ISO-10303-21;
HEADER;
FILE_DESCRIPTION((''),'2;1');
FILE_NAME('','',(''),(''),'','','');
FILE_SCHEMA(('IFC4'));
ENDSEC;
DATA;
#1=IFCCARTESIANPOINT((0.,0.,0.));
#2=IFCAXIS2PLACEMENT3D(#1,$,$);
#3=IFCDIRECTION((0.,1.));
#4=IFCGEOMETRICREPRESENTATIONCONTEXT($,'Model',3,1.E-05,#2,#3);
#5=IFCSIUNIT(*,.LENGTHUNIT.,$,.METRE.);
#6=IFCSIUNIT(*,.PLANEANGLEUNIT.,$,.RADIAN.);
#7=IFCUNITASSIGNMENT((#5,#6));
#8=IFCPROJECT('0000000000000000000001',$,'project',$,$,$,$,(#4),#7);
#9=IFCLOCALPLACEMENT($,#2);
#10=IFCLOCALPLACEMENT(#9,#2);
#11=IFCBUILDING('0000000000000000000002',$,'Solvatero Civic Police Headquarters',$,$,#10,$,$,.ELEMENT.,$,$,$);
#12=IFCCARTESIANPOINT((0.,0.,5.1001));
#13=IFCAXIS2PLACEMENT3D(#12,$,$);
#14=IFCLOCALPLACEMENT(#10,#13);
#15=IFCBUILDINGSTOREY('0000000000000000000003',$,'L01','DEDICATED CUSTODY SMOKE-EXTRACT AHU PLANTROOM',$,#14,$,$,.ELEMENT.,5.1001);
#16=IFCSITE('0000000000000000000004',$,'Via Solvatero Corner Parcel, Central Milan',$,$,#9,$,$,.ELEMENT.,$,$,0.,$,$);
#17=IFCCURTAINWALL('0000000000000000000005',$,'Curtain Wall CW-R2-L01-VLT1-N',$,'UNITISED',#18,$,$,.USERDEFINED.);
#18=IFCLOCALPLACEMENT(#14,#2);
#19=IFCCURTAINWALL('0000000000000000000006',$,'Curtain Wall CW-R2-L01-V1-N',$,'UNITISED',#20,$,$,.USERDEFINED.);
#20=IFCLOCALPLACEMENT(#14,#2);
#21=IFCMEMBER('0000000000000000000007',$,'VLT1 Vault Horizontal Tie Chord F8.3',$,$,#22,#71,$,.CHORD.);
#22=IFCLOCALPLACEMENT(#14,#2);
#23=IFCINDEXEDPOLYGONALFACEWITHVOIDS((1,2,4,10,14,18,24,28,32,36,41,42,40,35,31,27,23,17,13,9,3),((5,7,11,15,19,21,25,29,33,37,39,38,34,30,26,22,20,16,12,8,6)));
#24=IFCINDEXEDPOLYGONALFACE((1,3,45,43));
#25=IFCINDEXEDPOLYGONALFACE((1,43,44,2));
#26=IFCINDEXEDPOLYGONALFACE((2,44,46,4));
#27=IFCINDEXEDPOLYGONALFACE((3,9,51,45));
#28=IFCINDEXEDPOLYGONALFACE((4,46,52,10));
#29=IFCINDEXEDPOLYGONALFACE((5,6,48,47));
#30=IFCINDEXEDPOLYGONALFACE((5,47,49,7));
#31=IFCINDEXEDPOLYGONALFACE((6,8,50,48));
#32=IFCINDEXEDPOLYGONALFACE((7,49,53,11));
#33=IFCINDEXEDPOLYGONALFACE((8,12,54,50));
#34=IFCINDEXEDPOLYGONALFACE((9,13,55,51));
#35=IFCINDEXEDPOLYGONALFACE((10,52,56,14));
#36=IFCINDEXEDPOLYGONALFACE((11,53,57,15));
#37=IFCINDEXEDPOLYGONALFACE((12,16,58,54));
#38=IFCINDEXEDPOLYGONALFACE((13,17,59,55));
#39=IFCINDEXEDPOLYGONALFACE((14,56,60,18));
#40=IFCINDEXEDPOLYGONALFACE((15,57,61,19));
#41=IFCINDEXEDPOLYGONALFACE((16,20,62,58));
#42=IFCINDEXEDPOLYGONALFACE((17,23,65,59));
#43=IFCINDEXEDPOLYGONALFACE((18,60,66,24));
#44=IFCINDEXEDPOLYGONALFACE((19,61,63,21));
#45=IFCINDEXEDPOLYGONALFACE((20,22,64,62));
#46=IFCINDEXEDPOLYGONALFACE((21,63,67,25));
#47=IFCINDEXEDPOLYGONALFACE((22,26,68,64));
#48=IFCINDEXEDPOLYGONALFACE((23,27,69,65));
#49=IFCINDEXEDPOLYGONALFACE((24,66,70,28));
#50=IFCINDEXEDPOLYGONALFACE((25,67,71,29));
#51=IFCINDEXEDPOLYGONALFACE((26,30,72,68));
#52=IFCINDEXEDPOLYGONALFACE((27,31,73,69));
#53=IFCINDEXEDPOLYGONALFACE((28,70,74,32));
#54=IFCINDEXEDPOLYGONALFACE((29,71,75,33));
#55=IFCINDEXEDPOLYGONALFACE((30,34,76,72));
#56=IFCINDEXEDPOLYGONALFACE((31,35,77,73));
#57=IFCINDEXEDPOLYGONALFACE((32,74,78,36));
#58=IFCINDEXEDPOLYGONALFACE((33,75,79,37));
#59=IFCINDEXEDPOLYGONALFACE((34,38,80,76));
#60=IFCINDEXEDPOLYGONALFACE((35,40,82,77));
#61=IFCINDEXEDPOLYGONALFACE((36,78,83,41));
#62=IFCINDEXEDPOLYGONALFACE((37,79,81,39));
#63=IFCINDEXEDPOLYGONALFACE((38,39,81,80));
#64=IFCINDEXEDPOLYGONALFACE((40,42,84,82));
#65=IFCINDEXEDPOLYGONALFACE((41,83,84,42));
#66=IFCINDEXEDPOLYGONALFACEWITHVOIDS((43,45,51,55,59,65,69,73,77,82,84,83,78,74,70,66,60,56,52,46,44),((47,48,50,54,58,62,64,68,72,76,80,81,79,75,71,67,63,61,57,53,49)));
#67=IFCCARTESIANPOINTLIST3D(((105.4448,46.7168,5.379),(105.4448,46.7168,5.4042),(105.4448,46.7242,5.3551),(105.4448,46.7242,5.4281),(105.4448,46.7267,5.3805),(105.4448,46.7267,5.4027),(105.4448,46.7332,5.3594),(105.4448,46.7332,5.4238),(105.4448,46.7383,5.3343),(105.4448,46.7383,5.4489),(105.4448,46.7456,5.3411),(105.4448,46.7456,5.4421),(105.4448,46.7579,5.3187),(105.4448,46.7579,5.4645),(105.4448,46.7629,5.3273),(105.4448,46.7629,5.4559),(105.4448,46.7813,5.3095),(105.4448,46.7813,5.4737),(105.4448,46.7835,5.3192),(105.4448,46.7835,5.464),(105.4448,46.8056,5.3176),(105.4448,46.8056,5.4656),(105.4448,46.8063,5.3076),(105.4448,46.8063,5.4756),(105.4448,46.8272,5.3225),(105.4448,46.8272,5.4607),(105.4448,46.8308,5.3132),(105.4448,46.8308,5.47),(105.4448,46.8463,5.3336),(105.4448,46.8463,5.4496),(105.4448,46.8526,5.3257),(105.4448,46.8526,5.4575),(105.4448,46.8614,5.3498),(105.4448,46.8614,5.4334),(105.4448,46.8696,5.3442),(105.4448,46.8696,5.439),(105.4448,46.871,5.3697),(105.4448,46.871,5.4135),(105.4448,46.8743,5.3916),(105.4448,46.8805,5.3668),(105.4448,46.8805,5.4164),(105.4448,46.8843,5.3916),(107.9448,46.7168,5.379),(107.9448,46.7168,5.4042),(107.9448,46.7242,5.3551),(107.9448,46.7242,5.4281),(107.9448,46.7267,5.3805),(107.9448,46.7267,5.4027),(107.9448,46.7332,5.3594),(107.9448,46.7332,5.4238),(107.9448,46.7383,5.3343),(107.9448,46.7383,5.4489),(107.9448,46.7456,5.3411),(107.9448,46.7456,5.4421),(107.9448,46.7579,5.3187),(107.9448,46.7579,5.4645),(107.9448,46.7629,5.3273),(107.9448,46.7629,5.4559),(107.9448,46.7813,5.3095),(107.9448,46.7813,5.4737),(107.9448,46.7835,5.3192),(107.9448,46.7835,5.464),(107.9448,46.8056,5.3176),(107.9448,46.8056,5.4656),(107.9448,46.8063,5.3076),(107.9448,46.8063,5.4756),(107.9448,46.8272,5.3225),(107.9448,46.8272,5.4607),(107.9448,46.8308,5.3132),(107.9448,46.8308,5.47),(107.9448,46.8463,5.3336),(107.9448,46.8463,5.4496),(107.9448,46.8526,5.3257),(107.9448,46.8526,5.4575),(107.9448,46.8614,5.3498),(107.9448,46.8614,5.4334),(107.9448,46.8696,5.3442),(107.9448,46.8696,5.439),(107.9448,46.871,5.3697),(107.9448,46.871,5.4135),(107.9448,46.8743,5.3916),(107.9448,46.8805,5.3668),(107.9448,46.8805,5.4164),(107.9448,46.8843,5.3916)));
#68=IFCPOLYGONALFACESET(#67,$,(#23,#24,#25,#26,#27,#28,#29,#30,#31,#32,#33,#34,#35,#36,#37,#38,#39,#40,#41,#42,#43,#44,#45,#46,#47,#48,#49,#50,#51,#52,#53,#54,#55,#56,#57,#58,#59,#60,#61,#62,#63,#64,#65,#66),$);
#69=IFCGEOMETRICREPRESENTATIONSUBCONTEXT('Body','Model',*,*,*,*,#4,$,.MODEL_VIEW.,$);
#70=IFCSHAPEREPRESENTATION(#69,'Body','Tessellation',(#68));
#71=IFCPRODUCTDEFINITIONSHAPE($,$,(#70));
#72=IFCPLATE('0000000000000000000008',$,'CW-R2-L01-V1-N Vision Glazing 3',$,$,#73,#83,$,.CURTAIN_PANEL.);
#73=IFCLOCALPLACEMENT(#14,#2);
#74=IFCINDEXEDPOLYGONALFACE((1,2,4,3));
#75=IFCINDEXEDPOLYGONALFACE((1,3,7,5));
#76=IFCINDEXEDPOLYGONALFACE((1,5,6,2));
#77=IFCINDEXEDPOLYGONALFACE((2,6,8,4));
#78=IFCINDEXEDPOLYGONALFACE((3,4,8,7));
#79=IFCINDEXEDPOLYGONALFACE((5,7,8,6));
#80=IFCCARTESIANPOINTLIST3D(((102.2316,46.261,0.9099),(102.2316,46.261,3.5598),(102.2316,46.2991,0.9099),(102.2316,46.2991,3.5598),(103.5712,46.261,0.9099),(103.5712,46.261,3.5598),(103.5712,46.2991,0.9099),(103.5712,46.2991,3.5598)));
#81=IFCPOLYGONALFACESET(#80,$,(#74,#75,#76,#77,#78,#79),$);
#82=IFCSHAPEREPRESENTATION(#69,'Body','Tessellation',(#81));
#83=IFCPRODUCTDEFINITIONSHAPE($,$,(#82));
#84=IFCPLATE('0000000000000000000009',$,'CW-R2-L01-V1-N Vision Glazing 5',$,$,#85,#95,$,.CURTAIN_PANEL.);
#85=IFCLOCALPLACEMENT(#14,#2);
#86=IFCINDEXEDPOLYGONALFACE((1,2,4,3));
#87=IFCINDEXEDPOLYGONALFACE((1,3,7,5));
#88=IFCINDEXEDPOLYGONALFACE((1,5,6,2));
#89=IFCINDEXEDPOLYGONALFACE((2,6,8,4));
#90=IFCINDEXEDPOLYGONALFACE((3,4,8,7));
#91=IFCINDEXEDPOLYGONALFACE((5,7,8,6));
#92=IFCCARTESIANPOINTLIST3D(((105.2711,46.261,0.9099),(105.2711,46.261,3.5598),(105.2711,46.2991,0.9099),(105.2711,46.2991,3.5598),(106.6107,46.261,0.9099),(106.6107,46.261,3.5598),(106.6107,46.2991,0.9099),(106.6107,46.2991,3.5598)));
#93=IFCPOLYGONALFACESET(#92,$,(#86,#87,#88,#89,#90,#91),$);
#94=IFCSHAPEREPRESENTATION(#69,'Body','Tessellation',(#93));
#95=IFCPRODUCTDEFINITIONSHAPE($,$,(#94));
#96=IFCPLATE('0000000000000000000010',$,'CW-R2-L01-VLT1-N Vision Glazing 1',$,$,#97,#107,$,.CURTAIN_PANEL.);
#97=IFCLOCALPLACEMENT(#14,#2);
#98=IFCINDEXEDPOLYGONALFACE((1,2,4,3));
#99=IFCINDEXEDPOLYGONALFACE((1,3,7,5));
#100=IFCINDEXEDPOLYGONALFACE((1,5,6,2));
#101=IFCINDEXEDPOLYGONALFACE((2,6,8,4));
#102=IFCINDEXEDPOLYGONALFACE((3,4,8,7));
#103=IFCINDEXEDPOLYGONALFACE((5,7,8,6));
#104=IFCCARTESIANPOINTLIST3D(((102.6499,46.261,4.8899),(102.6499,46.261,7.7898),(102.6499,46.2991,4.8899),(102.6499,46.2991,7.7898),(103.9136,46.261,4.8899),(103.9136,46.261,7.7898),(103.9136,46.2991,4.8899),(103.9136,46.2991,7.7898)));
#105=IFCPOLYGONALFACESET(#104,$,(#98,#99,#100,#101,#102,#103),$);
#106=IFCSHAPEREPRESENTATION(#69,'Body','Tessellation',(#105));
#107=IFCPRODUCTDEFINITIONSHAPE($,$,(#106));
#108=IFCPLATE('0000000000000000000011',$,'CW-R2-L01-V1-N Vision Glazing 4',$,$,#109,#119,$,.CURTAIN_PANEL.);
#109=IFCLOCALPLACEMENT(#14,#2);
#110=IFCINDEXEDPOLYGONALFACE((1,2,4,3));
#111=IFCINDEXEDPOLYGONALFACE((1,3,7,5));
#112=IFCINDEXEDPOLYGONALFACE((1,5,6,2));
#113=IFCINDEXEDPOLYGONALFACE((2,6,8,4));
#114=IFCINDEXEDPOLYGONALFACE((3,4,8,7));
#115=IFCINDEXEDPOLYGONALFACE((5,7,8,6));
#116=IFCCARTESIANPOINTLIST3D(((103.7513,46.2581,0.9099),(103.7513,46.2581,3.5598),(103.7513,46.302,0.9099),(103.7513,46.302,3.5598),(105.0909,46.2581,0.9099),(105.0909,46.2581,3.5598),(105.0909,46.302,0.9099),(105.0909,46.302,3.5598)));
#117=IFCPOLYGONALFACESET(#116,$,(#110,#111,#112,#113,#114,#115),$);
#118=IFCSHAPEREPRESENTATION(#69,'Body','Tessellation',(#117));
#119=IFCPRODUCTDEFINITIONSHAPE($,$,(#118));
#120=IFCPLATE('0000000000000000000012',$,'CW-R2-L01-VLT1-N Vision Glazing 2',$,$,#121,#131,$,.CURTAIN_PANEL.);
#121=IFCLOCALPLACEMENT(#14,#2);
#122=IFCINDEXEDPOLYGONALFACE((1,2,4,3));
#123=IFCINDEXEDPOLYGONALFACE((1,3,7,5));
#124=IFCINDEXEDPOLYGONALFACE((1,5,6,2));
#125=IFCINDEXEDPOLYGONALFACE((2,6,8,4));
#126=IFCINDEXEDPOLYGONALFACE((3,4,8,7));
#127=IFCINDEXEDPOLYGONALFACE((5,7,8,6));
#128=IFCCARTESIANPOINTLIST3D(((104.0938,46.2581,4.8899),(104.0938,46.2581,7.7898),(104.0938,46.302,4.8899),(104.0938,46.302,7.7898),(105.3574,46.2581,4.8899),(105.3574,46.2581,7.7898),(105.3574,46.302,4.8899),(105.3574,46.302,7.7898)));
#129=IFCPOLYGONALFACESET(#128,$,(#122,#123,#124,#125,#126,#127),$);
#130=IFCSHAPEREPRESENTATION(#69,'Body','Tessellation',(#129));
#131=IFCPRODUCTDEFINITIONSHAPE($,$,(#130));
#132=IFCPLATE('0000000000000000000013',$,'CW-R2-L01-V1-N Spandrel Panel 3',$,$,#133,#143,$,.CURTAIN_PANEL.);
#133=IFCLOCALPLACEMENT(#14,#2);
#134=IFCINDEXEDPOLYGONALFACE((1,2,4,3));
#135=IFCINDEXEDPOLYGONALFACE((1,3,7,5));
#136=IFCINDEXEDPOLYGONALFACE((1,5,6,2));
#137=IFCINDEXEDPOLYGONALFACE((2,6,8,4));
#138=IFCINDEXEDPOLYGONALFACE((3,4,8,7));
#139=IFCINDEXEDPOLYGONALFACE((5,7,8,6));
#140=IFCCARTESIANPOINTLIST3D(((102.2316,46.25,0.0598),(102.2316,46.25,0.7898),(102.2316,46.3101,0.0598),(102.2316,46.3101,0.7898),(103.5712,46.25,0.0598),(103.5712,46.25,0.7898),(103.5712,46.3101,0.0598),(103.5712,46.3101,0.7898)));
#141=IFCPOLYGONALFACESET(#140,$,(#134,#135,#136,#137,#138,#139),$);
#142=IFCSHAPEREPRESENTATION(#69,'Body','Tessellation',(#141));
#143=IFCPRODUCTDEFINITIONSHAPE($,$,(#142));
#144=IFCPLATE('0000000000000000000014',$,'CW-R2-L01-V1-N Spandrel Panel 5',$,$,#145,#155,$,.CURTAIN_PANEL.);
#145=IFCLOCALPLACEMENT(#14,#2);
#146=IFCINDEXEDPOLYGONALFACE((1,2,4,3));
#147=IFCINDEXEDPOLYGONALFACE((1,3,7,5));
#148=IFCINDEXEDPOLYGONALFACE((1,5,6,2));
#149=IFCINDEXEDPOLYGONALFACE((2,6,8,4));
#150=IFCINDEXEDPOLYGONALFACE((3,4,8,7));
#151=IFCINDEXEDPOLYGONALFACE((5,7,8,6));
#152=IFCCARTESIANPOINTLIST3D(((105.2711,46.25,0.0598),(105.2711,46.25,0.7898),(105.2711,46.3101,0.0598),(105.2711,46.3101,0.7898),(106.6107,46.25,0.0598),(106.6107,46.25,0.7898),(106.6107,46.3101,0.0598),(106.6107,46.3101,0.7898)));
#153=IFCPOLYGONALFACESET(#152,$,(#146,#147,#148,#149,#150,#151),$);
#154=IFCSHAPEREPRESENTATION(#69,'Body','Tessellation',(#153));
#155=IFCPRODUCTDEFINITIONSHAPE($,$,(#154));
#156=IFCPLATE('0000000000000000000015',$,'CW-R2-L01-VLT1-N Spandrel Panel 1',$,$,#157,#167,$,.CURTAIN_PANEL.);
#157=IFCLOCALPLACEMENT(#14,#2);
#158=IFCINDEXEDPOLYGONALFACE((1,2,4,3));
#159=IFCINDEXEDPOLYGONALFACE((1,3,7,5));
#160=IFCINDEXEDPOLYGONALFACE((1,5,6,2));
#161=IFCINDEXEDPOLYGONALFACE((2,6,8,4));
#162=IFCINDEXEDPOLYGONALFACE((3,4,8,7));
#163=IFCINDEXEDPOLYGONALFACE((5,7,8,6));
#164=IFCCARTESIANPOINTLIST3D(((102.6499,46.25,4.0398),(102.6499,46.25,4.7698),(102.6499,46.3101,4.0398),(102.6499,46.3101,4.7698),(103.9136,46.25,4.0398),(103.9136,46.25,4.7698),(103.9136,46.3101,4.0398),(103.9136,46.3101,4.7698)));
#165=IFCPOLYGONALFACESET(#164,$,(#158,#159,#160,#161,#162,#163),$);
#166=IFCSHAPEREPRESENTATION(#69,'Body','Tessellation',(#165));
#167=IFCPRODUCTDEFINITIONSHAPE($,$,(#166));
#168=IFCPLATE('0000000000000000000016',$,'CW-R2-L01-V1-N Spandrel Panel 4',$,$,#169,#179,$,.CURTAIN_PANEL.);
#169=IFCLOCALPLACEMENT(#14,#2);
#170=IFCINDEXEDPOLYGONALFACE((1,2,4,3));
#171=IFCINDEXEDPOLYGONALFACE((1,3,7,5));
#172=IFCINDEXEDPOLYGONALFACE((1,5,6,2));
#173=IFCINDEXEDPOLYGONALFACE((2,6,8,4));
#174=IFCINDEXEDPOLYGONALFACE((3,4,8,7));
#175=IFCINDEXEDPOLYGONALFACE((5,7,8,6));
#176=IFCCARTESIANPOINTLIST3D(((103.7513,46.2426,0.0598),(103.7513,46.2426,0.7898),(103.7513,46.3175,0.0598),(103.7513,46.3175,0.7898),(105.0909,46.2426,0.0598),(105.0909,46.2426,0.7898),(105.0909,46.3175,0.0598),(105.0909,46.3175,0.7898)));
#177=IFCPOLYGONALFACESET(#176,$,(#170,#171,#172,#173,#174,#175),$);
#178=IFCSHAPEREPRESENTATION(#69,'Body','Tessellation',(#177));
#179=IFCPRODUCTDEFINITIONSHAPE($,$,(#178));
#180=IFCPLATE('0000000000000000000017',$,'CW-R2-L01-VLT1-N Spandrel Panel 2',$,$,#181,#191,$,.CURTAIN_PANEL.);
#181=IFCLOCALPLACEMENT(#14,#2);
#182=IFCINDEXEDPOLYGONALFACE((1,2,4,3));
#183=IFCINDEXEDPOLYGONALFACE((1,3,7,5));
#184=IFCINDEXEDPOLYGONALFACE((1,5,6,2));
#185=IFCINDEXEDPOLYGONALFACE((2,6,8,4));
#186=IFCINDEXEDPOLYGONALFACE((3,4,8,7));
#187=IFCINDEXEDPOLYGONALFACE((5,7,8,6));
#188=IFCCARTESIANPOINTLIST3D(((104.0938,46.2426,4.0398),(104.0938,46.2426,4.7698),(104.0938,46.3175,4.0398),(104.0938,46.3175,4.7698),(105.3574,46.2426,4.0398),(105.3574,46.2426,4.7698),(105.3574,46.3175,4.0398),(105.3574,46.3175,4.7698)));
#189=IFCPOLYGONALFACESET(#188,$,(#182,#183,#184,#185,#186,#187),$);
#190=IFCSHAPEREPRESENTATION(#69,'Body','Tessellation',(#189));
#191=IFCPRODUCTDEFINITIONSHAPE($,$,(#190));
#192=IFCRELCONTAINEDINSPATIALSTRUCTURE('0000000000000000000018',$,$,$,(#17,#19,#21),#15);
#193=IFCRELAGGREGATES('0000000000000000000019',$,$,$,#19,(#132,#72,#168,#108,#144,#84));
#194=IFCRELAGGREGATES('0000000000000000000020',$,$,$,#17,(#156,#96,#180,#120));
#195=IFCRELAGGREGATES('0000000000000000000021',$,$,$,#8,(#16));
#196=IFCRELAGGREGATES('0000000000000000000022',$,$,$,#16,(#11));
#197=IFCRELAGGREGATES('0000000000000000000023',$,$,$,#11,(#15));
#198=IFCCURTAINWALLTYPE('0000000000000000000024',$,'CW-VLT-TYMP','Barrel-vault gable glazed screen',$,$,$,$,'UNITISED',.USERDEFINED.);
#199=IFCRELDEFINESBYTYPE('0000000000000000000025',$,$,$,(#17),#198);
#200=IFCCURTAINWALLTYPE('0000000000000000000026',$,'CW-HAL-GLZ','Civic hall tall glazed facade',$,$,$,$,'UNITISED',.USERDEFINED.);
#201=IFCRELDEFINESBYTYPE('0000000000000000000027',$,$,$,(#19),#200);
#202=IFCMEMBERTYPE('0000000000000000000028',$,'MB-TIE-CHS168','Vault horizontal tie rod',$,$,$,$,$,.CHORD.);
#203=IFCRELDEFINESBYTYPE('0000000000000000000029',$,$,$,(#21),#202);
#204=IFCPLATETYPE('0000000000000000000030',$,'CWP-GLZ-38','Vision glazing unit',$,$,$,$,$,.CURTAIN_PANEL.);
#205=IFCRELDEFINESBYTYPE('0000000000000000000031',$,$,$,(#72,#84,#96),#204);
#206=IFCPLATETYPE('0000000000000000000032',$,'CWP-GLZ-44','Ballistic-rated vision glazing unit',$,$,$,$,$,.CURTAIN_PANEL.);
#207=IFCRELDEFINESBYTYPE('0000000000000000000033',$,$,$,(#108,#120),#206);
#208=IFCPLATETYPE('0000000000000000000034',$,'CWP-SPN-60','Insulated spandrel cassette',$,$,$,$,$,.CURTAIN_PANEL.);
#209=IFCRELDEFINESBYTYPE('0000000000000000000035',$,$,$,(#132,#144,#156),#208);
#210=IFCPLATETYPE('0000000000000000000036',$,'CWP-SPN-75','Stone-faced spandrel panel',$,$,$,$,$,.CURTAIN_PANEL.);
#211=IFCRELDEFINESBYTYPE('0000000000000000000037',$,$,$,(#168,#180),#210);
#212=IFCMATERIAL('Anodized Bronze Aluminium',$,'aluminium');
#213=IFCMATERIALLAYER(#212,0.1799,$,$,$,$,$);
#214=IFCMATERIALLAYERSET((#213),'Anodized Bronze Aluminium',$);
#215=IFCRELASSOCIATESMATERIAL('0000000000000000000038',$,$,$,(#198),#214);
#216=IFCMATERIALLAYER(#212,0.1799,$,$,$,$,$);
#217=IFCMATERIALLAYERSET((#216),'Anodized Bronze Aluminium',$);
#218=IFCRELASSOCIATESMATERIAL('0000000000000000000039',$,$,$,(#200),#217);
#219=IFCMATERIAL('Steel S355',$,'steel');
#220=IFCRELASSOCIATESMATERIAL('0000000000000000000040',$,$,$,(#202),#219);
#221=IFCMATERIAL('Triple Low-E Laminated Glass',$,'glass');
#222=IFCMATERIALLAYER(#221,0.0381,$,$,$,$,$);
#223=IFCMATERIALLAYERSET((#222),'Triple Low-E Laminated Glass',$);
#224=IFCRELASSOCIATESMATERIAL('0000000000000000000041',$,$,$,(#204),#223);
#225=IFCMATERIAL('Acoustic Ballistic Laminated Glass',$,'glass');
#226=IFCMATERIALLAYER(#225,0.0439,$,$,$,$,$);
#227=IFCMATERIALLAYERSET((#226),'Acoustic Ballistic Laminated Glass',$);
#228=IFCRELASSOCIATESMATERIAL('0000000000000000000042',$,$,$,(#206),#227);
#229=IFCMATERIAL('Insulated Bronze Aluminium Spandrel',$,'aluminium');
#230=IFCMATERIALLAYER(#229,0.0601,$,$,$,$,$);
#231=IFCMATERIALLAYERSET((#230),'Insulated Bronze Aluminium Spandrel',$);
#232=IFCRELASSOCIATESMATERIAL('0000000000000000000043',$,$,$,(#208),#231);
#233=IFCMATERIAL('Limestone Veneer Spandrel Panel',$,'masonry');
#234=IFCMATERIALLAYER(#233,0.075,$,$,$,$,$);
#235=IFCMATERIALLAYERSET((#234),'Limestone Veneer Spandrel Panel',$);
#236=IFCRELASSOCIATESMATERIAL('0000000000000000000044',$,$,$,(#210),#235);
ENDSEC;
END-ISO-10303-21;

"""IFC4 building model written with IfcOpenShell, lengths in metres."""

from ifc_helpers import new_model, si_unit, direction, frame, origin, origin_2d, place, context, subcontext, project, spatial, rectangle, hollow_circle, extrude, material, layer, layer_set, material_profile, profile_set, type_object, element, aggregate, save


model = new_model("IFC4")

# Units and contexts
model_context = context("Model", 3, precision=1e-05, world=origin(), true_north=direction((0.0, 1.0)))
body_context = subcontext(model_context, "Body", "Model", "MODEL_VIEW")
ifc_project = project(units=[si_unit("LENGTHUNIT", "METRE"), si_unit("PLANEANGLEUNIT", "RADIAN")], contexts=[model_context])

# Site, building, storey
site_placement = place(None, origin())
site = spatial("IfcSite", under=ifc_project, at=site_placement, Name="Via Solvatero Corner Parcel, Central Milan", CompositionType="ELEMENT", RefElevation=0.0)
building_placement = place(site_placement, origin())
building = spatial("IfcBuilding", under=site, at=building_placement, Name="Solvatero Civic Police Headquarters", CompositionType="ELEMENT")
storey_placement = place(building_placement, frame((0.0, 0.0, 5.1001)))
storey = spatial("IfcBuildingStorey", under=building, at=storey_placement, Name="L01", Description="DEDICATED CUSTODY SMOKE-EXTRACT AHU PLANTROOM", CompositionType="ELEMENT", Elevation=5.1001)

# Shared definitions
ifc_material_1 = material(Name="Steel S355", Category="steel")

# Curtain walls
ifc_material_2 = material(Name="Anodized Bronze Aluminium", Category="aluminium")
ifc_layer_1 = layer(ifc_material_2, 0.1799)
ifc_layer_set_1 = layer_set([ifc_layer_1], Name="Anodized Bronze Aluminium")
curtain_wall_type_1 = type_object("IfcCurtainWallType", Name="CW-VLT-TYMP", Description="Barrel-vault gable glazed screen", ElementType="UNITISED", PredefinedType="USERDEFINED", material=ifc_layer_set_1)
curtain_wall_1_placement = place(storey_placement, origin())
curtain_wall_1 = element("IfcCurtainWall", 1, at=curtain_wall_1_placement, inside=storey, type_object=curtain_wall_type_1, Name="Curtain Wall CW-R2-L01-VLT1-N", ObjectType="UNITISED", PredefinedType="USERDEFINED")
ifc_layer_2 = layer(ifc_material_2, 0.1799)
ifc_layer_set_2 = layer_set([ifc_layer_2], Name="Anodized Bronze Aluminium")
curtain_wall_type_2 = type_object("IfcCurtainWallType", Name="CW-HAL-GLZ", Description="Civic hall tall glazed facade", ElementType="UNITISED", PredefinedType="USERDEFINED", material=ifc_layer_set_2)
curtain_wall_2_placement = place(storey_placement, origin())
curtain_wall_2 = element("IfcCurtainWall", 2, at=curtain_wall_2_placement, inside=storey, type_object=curtain_wall_type_2, Name="Curtain Wall CW-R2-L01-V1-N", ObjectType="UNITISED", PredefinedType="USERDEFINED")

# Member
ifc_material_profile_1 = material_profile(ifc_material_1, hollow_circle(Radius=0.0842, WallThickness=0.01, at=origin_2d()), Name="CHS 168.3x10.0")
ifc_profile_set_1 = profile_set([ifc_material_profile_1], Name="Steel S355")
member_type_1 = type_object("IfcMemberType", Name="MB-TIE-CHS168", Description="Vault horizontal tie rod", PredefinedType="CHORD", material=ifc_profile_set_1)
member_1_placement = place(storey_placement, frame((105.4448, 46.8, 5.3916), z_axis=(1.0, 0.0, 0.0), x_axis=(0.0, 1.0, 0.0)))
element("IfcMember", 3, at=member_1_placement, inside=storey, type_object=member_type_1, Name="VLT1 Vault Horizontal Tie Chord F8.3", PredefinedType="CHORD", context=body_context, shape_type="SweptSolid", body=[
    extrude(hollow_circle(Radius=0.0842, WallThickness=0.01, at=origin_2d()), origin(), (0.0, 0.0, 1.0), 2.5),
])

# Plates
ifc_material_3 = material(Name="Triple Low-E Laminated Glass", Category="glass")
ifc_layer_3 = layer(ifc_material_3, 0.0381)
ifc_layer_set_3 = layer_set([ifc_layer_3], Name="Triple Low-E Laminated Glass")
plate_type_1 = type_object("IfcPlateType", Name="CWP-GLZ-38", Description="Vision glazing unit", PredefinedType="CURTAIN_PANEL", material=ifc_layer_set_3)
plate_1_placement = place(storey_placement, frame((102.9014, 46.28, 0.9099), z_axis=(0.0, 0.0, 1.0), x_axis=(1.0, 0.0, 0.0)))
plate_1 = element("IfcPlate", 4, at=plate_1_placement, type_object=plate_type_1, Name="CW-R2-L01-V1-N Vision Glazing 3", PredefinedType="CURTAIN_PANEL", context=body_context, shape_type="SweptSolid", body=[
    extrude(rectangle(XDim=1.3396, YDim=0.0381, at=origin_2d()), origin(), (0.0, 0.0, 1.0), 2.6499),
])
plate_2_placement = place(storey_placement, frame((105.9409, 46.28, 0.9099), z_axis=(0.0, 0.0, 1.0), x_axis=(1.0, 0.0, 0.0)))
plate_2 = element("IfcPlate", 5, at=plate_2_placement, type_object=plate_type_1, Name="CW-R2-L01-V1-N Vision Glazing 5", PredefinedType="CURTAIN_PANEL", context=body_context, shape_type="SweptSolid", body=[
    extrude(rectangle(XDim=1.3396, YDim=0.0381, at=origin_2d()), origin(), (0.0, 0.0, 1.0), 2.6499),
])
plate_3_placement = place(storey_placement, frame((103.2817, 46.28, 4.8899), z_axis=(0.0, 0.0, 1.0), x_axis=(1.0, 0.0, 0.0)))
plate_3 = element("IfcPlate", 6, at=plate_3_placement, type_object=plate_type_1, Name="CW-R2-L01-VLT1-N Vision Glazing 1", PredefinedType="CURTAIN_PANEL", context=body_context, shape_type="SweptSolid", body=[
    extrude(rectangle(XDim=1.2637, YDim=0.0381, at=origin_2d()), origin(), (0.0, 0.0, 1.0), 2.8999),
])
ifc_material_4 = material(Name="Acoustic Ballistic Laminated Glass", Category="glass")
ifc_layer_4 = layer(ifc_material_4, 0.0439)
ifc_layer_set_4 = layer_set([ifc_layer_4], Name="Acoustic Ballistic Laminated Glass")
plate_type_2 = type_object("IfcPlateType", Name="CWP-GLZ-44", Description="Ballistic-rated vision glazing unit", PredefinedType="CURTAIN_PANEL", material=ifc_layer_set_4)
plate_4_placement = place(storey_placement, frame((104.4211, 46.28, 0.9099), z_axis=(0.0, 0.0, 1.0), x_axis=(1.0, 0.0, 0.0)))
plate_4 = element("IfcPlate", 7, at=plate_4_placement, type_object=plate_type_2, Name="CW-R2-L01-V1-N Vision Glazing 4", PredefinedType="CURTAIN_PANEL", context=body_context, shape_type="SweptSolid", body=[
    extrude(rectangle(XDim=1.3396, YDim=0.0439, at=origin_2d()), origin(), (0.0, 0.0, 1.0), 2.6499),
])
plate_5_placement = place(storey_placement, frame((104.7256, 46.28, 4.8899), z_axis=(0.0, 0.0, 1.0), x_axis=(1.0, 0.0, 0.0)))
plate_5 = element("IfcPlate", 8, at=plate_5_placement, type_object=plate_type_2, Name="CW-R2-L01-VLT1-N Vision Glazing 2", PredefinedType="CURTAIN_PANEL", context=body_context, shape_type="SweptSolid", body=[
    extrude(rectangle(XDim=1.2637, YDim=0.0439, at=origin_2d()), origin(), (0.0, 0.0, 1.0), 2.8999),
])
ifc_material_5 = material(Name="Insulated Bronze Aluminium Spandrel", Category="aluminium")
ifc_layer_5 = layer(ifc_material_5, 0.0601)
ifc_layer_set_5 = layer_set([ifc_layer_5], Name="Insulated Bronze Aluminium Spandrel")
plate_type_3 = type_object("IfcPlateType", Name="CWP-SPN-60", Description="Insulated spandrel cassette", PredefinedType="CURTAIN_PANEL", material=ifc_layer_set_5)
plate_6_placement = place(storey_placement, frame((102.9014, 46.28, 0.0598), z_axis=(0.0, 0.0, 1.0), x_axis=(1.0, 0.0, 0.0)))
plate_6 = element("IfcPlate", 9, at=plate_6_placement, type_object=plate_type_3, Name="CW-R2-L01-V1-N Spandrel Panel 3", PredefinedType="CURTAIN_PANEL", context=body_context, shape_type="SweptSolid", body=[
    extrude(rectangle(XDim=1.3396, YDim=0.0601, at=origin_2d()), origin(), (0.0, 0.0, 1.0), 0.73),
])
plate_7_placement = place(storey_placement, frame((105.9409, 46.28, 0.0598), z_axis=(0.0, 0.0, 1.0), x_axis=(1.0, 0.0, 0.0)))
plate_7 = element("IfcPlate", 10, at=plate_7_placement, type_object=plate_type_3, Name="CW-R2-L01-V1-N Spandrel Panel 5", PredefinedType="CURTAIN_PANEL", context=body_context, shape_type="SweptSolid", body=[
    extrude(rectangle(XDim=1.3396, YDim=0.0601, at=origin_2d()), origin(), (0.0, 0.0, 1.0), 0.73),
])
plate_8_placement = place(storey_placement, frame((103.2817, 46.28, 4.0398), z_axis=(0.0, 0.0, 1.0), x_axis=(1.0, 0.0, 0.0)))
plate_8 = element("IfcPlate", 11, at=plate_8_placement, type_object=plate_type_3, Name="CW-R2-L01-VLT1-N Spandrel Panel 1", PredefinedType="CURTAIN_PANEL", context=body_context, shape_type="SweptSolid", body=[
    extrude(rectangle(XDim=1.2637, YDim=0.0601, at=origin_2d()), origin(), (0.0, 0.0, 1.0), 0.73),
])
ifc_material_6 = material(Name="Limestone Veneer Spandrel Panel", Category="masonry")
ifc_layer_6 = layer(ifc_material_6, 0.075)
ifc_layer_set_6 = layer_set([ifc_layer_6], Name="Limestone Veneer Spandrel Panel")
plate_type_4 = type_object("IfcPlateType", Name="CWP-SPN-75", Description="Stone-faced spandrel panel", PredefinedType="CURTAIN_PANEL", material=ifc_layer_set_6)
plate_9_placement = place(storey_placement, frame((104.4211, 46.28, 0.0598), z_axis=(0.0, 0.0, 1.0), x_axis=(1.0, 0.0, 0.0)))
plate_9 = element("IfcPlate", 12, at=plate_9_placement, type_object=plate_type_4, Name="CW-R2-L01-V1-N Spandrel Panel 4", PredefinedType="CURTAIN_PANEL", context=body_context, shape_type="SweptSolid", body=[
    extrude(rectangle(XDim=1.3396, YDim=0.075, at=origin_2d()), origin(), (0.0, 0.0, 1.0), 0.73),
])
aggregate(curtain_wall_2, [plate_6, plate_1, plate_9, plate_4, plate_7, plate_2])
plate_10_placement = place(storey_placement, frame((104.7256, 46.28, 4.0398), z_axis=(0.0, 0.0, 1.0), x_axis=(1.0, 0.0, 0.0)))
plate_10 = element("IfcPlate", 13, at=plate_10_placement, type_object=plate_type_4, Name="CW-R2-L01-VLT1-N Spandrel Panel 2", PredefinedType="CURTAIN_PANEL", context=body_context, shape_type="SweptSolid", body=[
    extrude(rectangle(XDim=1.2637, YDim=0.075, at=origin_2d()), origin(), (0.0, 0.0, 1.0), 0.73),
])
aggregate(curtain_wall_1, [plate_8, plate_3, plate_10, plate_5])

save(model, "model.ifc")
